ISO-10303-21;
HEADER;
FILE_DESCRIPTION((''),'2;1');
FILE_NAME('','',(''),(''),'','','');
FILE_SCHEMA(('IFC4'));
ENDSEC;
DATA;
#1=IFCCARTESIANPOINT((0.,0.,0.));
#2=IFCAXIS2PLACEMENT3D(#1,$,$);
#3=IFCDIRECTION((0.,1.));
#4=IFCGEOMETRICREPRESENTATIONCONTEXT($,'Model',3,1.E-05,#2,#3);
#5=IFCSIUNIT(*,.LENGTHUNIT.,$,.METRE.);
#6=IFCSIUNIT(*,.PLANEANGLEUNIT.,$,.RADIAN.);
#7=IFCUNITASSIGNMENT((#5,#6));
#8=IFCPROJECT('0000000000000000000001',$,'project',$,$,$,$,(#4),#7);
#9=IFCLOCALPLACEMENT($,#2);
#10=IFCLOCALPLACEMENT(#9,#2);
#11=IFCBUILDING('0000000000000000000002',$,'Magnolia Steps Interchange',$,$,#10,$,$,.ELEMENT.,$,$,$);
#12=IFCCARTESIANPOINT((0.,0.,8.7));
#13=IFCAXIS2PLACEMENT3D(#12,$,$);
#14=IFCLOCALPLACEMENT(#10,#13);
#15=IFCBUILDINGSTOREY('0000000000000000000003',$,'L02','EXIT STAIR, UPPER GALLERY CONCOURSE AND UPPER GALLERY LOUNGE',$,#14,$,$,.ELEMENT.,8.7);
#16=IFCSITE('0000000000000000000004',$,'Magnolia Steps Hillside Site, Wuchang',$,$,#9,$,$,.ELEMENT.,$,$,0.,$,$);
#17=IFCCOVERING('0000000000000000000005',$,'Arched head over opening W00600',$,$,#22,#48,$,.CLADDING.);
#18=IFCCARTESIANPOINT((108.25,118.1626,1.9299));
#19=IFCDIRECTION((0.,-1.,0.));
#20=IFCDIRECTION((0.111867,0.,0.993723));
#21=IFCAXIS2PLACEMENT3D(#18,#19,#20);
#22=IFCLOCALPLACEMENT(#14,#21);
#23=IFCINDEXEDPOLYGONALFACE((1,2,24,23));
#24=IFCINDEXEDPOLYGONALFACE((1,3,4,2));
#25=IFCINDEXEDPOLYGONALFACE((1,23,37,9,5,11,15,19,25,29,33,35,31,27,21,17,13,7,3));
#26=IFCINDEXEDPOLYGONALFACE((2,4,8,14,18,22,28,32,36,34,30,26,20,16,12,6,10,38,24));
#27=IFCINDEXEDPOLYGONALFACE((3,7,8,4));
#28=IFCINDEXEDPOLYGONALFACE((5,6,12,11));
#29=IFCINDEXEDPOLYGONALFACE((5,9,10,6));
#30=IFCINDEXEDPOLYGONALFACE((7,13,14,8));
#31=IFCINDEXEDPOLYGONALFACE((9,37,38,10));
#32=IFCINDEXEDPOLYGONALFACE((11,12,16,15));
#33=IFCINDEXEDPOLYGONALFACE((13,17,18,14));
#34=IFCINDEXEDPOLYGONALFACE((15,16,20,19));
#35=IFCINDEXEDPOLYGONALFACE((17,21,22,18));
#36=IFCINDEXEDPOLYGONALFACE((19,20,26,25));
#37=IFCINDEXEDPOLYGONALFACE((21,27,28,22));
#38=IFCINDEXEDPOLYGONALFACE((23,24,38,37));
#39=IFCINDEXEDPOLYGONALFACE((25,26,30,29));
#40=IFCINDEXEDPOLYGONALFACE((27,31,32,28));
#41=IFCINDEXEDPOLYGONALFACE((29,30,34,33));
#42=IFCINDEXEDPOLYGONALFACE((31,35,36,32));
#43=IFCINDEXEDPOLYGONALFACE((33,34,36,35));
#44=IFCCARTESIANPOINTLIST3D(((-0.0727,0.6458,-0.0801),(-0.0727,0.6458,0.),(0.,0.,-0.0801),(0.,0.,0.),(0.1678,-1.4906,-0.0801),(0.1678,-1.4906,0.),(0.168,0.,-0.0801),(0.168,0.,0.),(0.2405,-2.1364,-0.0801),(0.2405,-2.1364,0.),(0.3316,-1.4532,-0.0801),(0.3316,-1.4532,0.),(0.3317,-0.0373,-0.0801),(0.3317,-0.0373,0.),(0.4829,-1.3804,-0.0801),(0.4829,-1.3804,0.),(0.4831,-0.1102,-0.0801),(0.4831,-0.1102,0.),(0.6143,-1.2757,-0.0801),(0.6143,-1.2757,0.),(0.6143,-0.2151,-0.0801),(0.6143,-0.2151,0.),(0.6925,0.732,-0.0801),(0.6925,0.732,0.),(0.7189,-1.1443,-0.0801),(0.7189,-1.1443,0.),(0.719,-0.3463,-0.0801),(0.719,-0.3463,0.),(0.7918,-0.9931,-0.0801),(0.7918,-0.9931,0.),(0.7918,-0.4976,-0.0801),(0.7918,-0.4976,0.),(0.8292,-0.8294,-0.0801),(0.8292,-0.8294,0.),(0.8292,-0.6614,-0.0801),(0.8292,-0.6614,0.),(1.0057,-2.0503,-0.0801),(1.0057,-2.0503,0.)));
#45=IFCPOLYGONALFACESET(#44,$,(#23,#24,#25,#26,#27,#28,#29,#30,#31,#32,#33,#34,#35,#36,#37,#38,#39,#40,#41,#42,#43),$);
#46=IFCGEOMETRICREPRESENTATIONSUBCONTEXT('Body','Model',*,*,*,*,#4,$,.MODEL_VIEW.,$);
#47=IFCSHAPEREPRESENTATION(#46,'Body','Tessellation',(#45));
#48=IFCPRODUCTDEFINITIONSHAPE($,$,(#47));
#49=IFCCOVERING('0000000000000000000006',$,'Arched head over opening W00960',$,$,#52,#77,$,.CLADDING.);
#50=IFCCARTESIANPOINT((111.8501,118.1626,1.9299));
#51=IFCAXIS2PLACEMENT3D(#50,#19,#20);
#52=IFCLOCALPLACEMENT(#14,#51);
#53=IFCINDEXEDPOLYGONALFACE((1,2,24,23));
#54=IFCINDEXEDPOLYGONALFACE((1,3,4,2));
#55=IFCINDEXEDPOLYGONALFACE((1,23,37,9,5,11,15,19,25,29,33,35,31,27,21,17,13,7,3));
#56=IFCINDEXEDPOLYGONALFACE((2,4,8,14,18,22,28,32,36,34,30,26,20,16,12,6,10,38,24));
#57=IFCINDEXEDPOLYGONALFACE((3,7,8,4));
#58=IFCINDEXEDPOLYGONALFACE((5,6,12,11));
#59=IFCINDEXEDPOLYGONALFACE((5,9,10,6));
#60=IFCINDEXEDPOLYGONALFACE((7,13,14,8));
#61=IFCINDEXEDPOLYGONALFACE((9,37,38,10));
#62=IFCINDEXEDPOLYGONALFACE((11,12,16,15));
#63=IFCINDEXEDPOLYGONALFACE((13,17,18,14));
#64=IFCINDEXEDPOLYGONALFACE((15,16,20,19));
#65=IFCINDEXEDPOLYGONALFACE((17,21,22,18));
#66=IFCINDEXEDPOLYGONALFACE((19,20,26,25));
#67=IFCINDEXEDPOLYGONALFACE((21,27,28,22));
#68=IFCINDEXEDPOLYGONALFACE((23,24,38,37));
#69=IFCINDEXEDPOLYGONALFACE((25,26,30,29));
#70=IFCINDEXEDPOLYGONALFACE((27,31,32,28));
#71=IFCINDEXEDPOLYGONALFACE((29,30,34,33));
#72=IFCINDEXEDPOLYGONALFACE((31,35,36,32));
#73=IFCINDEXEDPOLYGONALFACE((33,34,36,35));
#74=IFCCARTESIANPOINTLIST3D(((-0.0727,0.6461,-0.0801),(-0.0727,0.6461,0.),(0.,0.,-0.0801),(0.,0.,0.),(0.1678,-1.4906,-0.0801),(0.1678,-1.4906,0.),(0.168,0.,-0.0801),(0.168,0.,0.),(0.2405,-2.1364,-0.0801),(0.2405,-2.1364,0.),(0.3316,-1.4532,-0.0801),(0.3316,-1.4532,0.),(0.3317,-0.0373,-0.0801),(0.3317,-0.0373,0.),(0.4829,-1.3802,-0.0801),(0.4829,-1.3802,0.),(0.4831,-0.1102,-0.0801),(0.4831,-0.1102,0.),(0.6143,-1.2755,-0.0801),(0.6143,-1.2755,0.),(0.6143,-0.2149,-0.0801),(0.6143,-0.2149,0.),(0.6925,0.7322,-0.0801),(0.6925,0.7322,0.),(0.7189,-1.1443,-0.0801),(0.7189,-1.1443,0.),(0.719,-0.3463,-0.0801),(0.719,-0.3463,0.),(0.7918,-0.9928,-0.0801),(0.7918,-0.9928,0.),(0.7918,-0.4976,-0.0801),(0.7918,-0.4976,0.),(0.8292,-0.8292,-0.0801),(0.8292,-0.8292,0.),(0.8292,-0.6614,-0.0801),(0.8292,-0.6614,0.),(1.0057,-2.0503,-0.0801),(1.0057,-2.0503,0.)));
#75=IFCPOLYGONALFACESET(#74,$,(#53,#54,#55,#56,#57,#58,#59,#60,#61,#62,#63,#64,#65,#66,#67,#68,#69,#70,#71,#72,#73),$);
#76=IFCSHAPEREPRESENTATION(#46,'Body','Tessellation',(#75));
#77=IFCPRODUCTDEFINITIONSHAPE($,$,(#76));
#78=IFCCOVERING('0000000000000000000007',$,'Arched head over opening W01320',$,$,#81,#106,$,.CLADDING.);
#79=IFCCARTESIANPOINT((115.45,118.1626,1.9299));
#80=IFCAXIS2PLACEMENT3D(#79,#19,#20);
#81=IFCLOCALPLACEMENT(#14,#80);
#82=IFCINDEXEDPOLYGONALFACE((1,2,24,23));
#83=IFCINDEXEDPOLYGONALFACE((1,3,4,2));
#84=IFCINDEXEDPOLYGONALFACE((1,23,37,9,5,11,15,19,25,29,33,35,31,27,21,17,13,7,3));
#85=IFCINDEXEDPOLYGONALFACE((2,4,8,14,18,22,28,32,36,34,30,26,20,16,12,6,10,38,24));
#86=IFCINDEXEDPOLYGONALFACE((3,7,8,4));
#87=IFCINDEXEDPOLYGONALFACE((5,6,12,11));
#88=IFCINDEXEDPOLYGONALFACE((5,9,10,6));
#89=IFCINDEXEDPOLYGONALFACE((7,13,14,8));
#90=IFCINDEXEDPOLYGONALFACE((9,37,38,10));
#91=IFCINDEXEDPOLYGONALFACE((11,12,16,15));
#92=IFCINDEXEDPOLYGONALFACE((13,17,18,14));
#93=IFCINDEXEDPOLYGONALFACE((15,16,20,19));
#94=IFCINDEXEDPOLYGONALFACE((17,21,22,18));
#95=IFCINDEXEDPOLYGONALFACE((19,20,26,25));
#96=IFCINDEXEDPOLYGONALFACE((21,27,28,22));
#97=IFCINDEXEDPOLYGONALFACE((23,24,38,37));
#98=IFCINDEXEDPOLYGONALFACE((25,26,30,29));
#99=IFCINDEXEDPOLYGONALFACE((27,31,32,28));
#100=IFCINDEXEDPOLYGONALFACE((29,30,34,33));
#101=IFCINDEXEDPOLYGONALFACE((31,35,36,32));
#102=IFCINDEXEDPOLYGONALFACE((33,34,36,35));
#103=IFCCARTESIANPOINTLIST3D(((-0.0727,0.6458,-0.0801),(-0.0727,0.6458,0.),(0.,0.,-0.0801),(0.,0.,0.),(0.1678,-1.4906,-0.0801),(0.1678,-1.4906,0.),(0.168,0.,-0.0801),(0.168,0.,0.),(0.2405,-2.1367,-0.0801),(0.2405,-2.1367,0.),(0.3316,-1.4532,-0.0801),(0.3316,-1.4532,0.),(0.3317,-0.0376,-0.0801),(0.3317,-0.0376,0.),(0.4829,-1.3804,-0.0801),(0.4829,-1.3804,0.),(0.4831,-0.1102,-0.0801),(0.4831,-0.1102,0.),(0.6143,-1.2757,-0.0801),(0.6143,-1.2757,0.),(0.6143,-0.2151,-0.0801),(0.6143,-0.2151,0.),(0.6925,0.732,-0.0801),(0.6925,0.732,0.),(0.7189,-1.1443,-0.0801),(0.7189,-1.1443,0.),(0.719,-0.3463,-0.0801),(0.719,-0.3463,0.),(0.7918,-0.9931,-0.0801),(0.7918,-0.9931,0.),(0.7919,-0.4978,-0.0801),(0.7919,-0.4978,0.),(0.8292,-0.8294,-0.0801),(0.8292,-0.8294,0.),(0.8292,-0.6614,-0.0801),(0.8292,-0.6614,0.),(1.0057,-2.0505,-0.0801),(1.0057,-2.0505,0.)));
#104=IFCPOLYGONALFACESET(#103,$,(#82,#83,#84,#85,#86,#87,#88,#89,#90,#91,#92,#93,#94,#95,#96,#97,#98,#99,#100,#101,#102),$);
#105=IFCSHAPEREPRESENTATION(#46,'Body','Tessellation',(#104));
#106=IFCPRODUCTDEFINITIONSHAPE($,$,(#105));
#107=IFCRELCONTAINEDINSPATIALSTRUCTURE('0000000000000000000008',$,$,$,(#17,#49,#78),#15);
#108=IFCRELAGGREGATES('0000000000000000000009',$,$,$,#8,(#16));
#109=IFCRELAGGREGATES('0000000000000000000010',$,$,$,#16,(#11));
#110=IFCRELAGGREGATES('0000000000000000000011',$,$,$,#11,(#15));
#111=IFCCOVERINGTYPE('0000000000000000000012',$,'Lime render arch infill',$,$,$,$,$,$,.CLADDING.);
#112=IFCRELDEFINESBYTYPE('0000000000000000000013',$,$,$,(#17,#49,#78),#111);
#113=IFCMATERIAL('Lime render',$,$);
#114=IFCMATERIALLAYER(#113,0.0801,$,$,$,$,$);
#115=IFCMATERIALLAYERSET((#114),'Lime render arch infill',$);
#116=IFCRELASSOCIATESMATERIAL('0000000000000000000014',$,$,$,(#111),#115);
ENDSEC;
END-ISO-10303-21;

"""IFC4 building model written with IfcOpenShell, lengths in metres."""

from ifc_helpers import new_model, si_unit, direction, frame, origin, place, context, subcontext, project, spatial, polyline, outline, extrude, material, layer, layer_set, type_object, element, save


model = new_model("IFC4")

# Units and contexts
model_context = context("Model", 3, precision=1e-05, world=origin(), true_north=direction((0.0, 1.0)))
body_context = subcontext(model_context, "Body", "Model", "MODEL_VIEW")
ifc_project = project(units=[si_unit("LENGTHUNIT", "METRE"), si_unit("PLANEANGLEUNIT", "RADIAN")], contexts=[model_context])

# Site, building, storey
site_placement = place(None, origin())
site = spatial("IfcSite", under=ifc_project, at=site_placement, Name="Magnolia Steps Hillside Site, Wuchang", CompositionType="ELEMENT", RefElevation=0.0)
building_placement = place(site_placement, origin())
building = spatial("IfcBuilding", under=site, at=building_placement, Name="Magnolia Steps Interchange", CompositionType="ELEMENT")
storey_placement = place(building_placement, frame((0.0, 0.0, 8.7)))
storey = spatial("IfcBuildingStorey", under=building, at=storey_placement, Name="L02", Description="EXIT STAIR, UPPER GALLERY CONCOURSE AND UPPER GALLERY LOUNGE", CompositionType="ELEMENT", Elevation=8.7)

# Coverings
ifc_material_1 = material(Name="Lime render")
ifc_layer_1 = layer(ifc_material_1, 0.0801)
ifc_layer_set_1 = layer_set([ifc_layer_1], Name="Lime render arch infill")
covering_type_1 = type_object("IfcCoveringType", Name="Lime render arch infill", PredefinedType="CLADDING", material=ifc_layer_set_1)
covering_1_placement = place(storey_placement, frame((108.25, 118.1626, 1.9299), z_axis=(0.0, -1.0, 0.0), x_axis=(0.111867, 0.0, 0.993723)))
element("IfcCovering", 1, at=covering_1_placement, inside=storey, type_object=covering_type_1, Name="Arched head over opening W00600", PredefinedType="CLADDING", context=body_context, shape_type="SweptSolid", body=[
    extrude(outline(polyline([(0.0, 0.0), (0.168, 0.0), (0.3317, -0.0373), (0.4831, -0.1102), (0.6143, -0.2151), (0.719, -0.3463), (0.7918, -0.4976), (0.8292, -0.6614), (0.8292, -0.8294), (0.7918, -0.9931), (0.7189, -1.1443), (0.6143, -1.2757), (0.4829, -1.3804), (0.3316, -1.4532), (0.1678, -1.4906), (0.2405, -2.1364), (1.0057, -2.0503), (0.6925, 0.732), (-0.0727, 0.6458), (0.0, 0.0)])), origin(), (0.0, 0.0, -1.0), 0.0801),
])
covering_2_placement = place(storey_placement, frame((111.8501, 118.1626, 1.9299), z_axis=(0.0, -1.0, 0.0), x_axis=(0.111867, 0.0, 0.993723)))
element("IfcCovering", 2, at=covering_2_placement, inside=storey, type_object=covering_type_1, Name="Arched head over opening W00960", PredefinedType="CLADDING", context=body_context, shape_type="SweptSolid", body=[
    extrude(outline(polyline([(0.0, 0.0), (0.168, 0.0), (0.3317, -0.0373), (0.4831, -0.1102), (0.6143, -0.2149), (0.719, -0.3463), (0.7918, -0.4976), (0.8292, -0.6614), (0.8292, -0.8292), (0.7918, -0.9928), (0.7189, -1.1443), (0.6143, -1.2755), (0.4829, -1.3802), (0.3316, -1.4532), (0.1678, -1.4906), (0.2405, -2.1364), (1.0057, -2.0503), (0.6925, 0.7322), (-0.0727, 0.6461), (0.0, 0.0)])), origin(), (0.0, 0.0, -1.0), 0.0801),
])
covering_3_placement = place(storey_placement, frame((115.45, 118.1626, 1.9299), z_axis=(0.0, -1.0, 0.0), x_axis=(0.111867, 0.0, 0.993723)))
element("IfcCovering", 3, at=covering_3_placement, inside=storey, type_object=covering_type_1, Name="Arched head over opening W01320", PredefinedType="CLADDING", context=body_context, shape_type="SweptSolid", body=[
    extrude(outline(polyline([(0.0, 0.0), (0.168, 0.0), (0.3317, -0.0376), (0.4831, -0.1102), (0.6143, -0.2151), (0.719, -0.3463), (0.7919, -0.4978), (0.8292, -0.6614), (0.8292, -0.8294), (0.7918, -0.9931), (0.7189, -1.1443), (0.6143, -1.2757), (0.4829, -1.3804), (0.3316, -1.4532), (0.1678, -1.4906), (0.2405, -2.1367), (1.0057, -2.0505), (0.6925, 0.732), (-0.0727, 0.6458), (0.0, 0.0)])), origin(), (0.0, 0.0, -1.0), 0.0801),
])

save(model, "model.ifc")
